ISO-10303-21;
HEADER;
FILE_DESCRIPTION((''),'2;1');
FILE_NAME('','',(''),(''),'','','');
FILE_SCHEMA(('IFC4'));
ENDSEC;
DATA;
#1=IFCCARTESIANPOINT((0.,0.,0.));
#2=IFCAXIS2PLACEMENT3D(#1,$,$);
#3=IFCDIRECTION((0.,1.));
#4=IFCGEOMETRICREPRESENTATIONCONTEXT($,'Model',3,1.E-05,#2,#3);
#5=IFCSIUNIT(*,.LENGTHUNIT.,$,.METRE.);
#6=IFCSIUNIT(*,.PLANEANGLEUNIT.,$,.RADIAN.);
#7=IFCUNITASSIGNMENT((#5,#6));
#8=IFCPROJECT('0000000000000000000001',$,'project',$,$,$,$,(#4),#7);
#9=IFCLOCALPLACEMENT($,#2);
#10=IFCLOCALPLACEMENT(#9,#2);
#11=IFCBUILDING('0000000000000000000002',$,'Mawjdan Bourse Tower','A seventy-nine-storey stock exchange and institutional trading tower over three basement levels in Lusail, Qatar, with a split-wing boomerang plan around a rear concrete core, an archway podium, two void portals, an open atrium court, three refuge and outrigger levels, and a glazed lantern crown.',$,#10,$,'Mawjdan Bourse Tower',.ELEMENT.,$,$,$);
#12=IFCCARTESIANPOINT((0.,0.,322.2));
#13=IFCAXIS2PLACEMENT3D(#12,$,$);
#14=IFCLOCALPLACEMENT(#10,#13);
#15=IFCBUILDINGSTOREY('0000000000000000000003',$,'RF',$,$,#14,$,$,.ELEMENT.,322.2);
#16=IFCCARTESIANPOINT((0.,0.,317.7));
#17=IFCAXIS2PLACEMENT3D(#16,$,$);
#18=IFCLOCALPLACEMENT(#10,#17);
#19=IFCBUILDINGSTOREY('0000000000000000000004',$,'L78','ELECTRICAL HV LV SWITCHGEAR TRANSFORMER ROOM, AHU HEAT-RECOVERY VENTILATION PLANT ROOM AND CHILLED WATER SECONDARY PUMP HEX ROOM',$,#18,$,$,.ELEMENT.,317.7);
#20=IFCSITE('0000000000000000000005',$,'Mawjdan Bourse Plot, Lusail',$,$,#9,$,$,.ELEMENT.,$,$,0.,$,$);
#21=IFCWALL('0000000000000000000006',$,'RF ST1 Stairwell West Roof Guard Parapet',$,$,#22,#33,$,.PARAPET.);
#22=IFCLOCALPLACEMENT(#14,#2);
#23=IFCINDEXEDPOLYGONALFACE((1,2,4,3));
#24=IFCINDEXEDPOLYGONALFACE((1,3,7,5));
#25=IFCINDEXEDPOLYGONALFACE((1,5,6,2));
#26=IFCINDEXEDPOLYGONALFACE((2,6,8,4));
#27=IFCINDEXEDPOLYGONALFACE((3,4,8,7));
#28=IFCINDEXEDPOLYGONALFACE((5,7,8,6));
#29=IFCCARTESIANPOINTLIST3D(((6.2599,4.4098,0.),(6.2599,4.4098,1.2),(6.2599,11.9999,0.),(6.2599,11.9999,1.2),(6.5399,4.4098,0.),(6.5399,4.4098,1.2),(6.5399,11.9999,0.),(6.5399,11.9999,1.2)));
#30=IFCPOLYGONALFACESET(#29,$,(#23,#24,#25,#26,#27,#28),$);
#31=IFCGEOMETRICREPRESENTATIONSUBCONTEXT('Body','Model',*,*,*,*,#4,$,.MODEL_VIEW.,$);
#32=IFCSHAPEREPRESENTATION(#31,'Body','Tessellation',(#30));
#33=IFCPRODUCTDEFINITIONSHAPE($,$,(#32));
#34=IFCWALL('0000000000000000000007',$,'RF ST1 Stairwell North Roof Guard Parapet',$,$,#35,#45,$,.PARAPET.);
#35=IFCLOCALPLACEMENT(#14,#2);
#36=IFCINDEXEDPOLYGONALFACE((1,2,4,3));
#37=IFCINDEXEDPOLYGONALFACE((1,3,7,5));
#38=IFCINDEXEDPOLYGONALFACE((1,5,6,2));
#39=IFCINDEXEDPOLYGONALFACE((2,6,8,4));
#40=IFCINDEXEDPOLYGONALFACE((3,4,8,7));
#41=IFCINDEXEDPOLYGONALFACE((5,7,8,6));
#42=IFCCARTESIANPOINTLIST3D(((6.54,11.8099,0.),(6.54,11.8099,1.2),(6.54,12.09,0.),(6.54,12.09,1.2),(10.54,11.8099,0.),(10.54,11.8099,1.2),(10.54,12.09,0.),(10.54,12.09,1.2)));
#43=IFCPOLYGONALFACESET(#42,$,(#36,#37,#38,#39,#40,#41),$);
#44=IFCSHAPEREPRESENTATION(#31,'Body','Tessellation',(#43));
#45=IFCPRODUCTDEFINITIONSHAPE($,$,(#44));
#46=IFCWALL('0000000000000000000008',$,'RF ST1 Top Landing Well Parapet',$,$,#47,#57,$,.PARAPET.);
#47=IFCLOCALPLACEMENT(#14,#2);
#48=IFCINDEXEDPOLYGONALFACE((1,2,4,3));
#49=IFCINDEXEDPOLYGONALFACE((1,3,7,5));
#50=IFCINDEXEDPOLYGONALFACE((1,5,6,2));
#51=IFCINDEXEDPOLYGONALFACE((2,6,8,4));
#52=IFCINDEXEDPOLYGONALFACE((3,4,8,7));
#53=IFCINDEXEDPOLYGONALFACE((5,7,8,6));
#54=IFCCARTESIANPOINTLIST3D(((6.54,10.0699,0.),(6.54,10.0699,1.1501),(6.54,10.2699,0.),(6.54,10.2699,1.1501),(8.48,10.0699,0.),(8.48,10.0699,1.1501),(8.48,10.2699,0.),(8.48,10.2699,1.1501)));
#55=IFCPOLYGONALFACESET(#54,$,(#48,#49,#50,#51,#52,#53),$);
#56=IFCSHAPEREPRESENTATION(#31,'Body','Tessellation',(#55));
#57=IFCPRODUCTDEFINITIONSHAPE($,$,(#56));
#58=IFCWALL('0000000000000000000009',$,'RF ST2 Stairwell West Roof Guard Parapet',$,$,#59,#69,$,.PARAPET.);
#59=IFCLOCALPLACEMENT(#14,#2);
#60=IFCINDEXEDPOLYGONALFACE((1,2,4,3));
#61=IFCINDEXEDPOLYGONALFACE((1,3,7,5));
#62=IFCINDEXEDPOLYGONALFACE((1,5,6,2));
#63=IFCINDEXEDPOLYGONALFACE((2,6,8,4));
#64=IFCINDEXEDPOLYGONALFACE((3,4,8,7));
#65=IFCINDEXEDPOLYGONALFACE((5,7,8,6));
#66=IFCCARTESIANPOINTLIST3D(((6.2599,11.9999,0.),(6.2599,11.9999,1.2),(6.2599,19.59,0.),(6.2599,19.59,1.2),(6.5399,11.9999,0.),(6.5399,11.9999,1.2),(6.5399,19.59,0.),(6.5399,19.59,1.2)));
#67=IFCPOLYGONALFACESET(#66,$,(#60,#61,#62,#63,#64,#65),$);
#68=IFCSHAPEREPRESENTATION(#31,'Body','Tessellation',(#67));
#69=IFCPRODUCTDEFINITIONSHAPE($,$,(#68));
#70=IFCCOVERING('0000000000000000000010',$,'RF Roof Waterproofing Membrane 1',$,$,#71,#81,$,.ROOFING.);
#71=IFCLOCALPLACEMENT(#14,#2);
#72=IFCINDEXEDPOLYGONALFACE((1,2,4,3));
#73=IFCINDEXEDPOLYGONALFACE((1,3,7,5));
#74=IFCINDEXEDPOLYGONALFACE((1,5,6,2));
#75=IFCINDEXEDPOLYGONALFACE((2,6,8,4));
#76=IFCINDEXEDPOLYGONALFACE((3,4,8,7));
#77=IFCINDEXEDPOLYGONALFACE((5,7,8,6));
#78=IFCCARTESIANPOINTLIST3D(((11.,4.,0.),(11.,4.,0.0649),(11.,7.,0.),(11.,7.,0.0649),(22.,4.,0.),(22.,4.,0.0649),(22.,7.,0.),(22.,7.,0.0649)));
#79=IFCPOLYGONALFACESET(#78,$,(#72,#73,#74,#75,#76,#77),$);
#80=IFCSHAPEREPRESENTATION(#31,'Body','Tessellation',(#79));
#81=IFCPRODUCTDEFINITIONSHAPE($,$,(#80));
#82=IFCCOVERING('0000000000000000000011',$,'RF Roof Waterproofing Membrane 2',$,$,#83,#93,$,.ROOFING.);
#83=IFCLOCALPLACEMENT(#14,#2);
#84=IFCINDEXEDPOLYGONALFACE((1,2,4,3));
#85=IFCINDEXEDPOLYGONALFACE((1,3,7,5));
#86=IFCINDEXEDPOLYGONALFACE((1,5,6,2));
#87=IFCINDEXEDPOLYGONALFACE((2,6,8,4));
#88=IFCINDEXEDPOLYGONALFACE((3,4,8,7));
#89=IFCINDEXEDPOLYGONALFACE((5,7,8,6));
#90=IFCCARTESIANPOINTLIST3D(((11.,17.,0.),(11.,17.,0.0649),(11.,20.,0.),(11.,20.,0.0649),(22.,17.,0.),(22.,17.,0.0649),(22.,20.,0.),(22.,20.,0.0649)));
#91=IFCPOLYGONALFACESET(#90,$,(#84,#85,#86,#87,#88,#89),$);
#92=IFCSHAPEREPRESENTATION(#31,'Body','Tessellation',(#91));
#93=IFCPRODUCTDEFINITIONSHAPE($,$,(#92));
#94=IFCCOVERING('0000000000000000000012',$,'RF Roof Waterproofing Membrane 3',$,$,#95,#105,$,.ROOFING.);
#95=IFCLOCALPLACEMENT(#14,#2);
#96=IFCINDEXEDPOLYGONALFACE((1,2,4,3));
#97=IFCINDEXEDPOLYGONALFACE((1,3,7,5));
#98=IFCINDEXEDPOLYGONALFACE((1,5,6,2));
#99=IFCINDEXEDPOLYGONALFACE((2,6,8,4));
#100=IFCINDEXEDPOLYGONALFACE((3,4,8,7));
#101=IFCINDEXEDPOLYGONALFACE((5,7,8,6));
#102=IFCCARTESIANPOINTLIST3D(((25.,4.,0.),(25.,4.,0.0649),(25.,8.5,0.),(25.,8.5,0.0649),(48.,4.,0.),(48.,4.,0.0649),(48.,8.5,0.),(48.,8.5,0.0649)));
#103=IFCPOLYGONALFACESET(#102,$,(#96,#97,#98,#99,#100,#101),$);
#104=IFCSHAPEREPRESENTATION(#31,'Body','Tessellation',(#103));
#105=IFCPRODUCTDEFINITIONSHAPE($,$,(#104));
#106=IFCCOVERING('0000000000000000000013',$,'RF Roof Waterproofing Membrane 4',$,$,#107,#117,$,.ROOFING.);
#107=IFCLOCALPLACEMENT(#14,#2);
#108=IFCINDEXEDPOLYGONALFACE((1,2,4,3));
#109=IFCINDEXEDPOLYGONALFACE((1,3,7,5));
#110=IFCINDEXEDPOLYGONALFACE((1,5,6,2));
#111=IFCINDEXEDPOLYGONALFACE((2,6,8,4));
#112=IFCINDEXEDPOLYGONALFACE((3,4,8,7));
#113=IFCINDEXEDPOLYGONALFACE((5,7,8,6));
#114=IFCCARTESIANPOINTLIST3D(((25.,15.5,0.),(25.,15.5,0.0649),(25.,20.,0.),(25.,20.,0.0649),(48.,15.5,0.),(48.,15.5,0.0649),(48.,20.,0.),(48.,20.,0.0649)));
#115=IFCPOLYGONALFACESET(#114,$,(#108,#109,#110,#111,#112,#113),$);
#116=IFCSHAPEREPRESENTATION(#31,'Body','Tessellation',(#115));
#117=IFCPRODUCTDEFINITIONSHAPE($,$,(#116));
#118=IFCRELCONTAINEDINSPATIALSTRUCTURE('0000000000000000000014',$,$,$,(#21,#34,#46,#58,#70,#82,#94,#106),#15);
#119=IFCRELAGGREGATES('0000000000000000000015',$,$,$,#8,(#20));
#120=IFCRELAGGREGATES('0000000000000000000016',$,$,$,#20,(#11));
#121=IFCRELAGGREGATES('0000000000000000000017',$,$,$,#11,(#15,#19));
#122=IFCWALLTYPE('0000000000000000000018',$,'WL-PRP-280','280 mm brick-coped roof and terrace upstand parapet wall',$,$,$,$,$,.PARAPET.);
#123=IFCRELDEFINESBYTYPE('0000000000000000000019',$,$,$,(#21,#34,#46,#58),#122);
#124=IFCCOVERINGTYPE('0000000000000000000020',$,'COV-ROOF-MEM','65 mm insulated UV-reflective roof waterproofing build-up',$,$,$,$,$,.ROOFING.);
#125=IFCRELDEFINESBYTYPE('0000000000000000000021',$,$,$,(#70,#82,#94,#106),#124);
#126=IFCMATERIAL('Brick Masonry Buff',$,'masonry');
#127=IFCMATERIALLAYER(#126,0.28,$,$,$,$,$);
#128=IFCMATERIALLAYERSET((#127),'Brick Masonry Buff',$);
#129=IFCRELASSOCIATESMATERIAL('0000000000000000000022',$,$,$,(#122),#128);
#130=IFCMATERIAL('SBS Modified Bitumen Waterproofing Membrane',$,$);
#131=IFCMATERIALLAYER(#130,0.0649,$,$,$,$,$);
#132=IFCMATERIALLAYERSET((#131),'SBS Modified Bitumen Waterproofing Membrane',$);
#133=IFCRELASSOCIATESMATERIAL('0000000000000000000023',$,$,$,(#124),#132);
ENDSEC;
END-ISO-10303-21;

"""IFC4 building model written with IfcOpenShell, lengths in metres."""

from ifc_helpers import new_model, si_unit, direction, frame, frame_2d, origin, place, context, subcontext, project, spatial, polyline, rectangle, outline, extrude, material, layer, layer_set, type_object, element, save


model = new_model("IFC4")

# Units and contexts
model_context = context("Model", 3, precision=1e-05, world=origin(), true_north=direction((0.0, 1.0)))
body_context = subcontext(model_context, "Body", "Model", "MODEL_VIEW")
ifc_project = project(units=[si_unit("LENGTHUNIT", "METRE"), si_unit("PLANEANGLEUNIT", "RADIAN")], contexts=[model_context])

# Site, building, storey
site_placement = place(None, origin())
site = spatial("IfcSite", under=ifc_project, at=site_placement, Name="Mawjdan Bourse Plot, Lusail", CompositionType="ELEMENT", RefElevation=0.0)
building_placement = place(site_placement, origin())
building = spatial("IfcBuilding", under=site, at=building_placement, Name="Mawjdan Bourse Tower", Description="A seventy-nine-storey stock exchange and institutional trading tower over three basement levels in Lusail, Qatar, with a split-wing boomerang plan around a rear concrete core, an archway podium, two void portals, an open atrium court, three refuge and outrigger levels, and a glazed lantern crown.", LongName="Mawjdan Bourse Tower", CompositionType="ELEMENT")
storey_1_placement = place(building_placement, frame((0.0, 0.0, 322.2)))
storey_1 = spatial("IfcBuildingStorey", under=building, at=storey_1_placement, Name="RF", CompositionType="ELEMENT", Elevation=322.2)

# Shared definitions
storey_2_placement = place(building_placement, frame((0.0, 0.0, 317.7)))
storey_2 = spatial("IfcBuildingStorey", under=building, at=storey_2_placement, Name="L78", Description="ELECTRICAL HV LV SWITCHGEAR TRANSFORMER ROOM, AHU HEAT-RECOVERY VENTILATION PLANT ROOM AND CHILLED WATER SECONDARY PUMP HEX ROOM", CompositionType="ELEMENT", Elevation=317.7)

# Walls
ifc_material_1 = material(Name="Brick Masonry Buff", Category="masonry")
ifc_layer_1 = layer(ifc_material_1, 0.28)
ifc_layer_set_1 = layer_set([ifc_layer_1], Name="Brick Masonry Buff")
wall_type = type_object("IfcWallType", Name="WL-PRP-280", Description="280 mm brick-coped roof and terrace upstand parapet wall", PredefinedType="PARAPET", material=ifc_layer_set_1)
wall_1_placement = place(storey_1_placement, frame((6.3999, 4.4099, 0.0), z_axis=(0.0, 0.0, 1.0), x_axis=(0.0, 1.0, 0.0)))
element("IfcWall", 1, at=wall_1_placement, inside=storey_1, type_object=wall_type, Name="RF ST1 Stairwell West Roof Guard Parapet", PredefinedType="PARAPET", context=body_context, shape_type="SweptSolid", body=[
    extrude(rectangle(XDim=7.5901, YDim=0.28, at=frame_2d((3.7949, 0.0))), origin(), (0.0, 0.0, 1.0), 1.2),
])
wall_2_placement = place(storey_1_placement, frame((6.54, 11.95, 0.0), z_axis=(0.0, 0.0, 1.0), x_axis=(1.0, 0.0, 0.0)))
element("IfcWall", 2, at=wall_2_placement, inside=storey_1, type_object=wall_type, Name="RF ST1 Stairwell North Roof Guard Parapet", PredefinedType="PARAPET", context=body_context, shape_type="SweptSolid", body=[
    extrude(rectangle(XDim=4.0, YDim=0.28, at=frame_2d((2.0, 0.0))), origin(), (0.0, 0.0, 1.0), 1.2),
])
wall_3_placement = place(storey_1_placement, frame((6.54, 10.1699, 0.0), z_axis=(0.0, 0.0, 1.0), x_axis=(1.0, 0.0, 0.0)))
element("IfcWall", 3, at=wall_3_placement, inside=storey_1, type_object=wall_type, Name="RF ST1 Top Landing Well Parapet", PredefinedType="PARAPET", context=body_context, shape_type="SweptSolid", body=[
    extrude(rectangle(XDim=1.9399, YDim=0.2, at=frame_2d((0.97, 0.0))), origin(), (0.0, 0.0, 1.0), 1.1501),
])
wall_4_placement = place(storey_1_placement, frame((6.3999, 12.0, 0.0), z_axis=(0.0, 0.0, 1.0), x_axis=(0.0, 1.0, 0.0)))
element("IfcWall", 4, at=wall_4_placement, inside=storey_1, type_object=wall_type, Name="RF ST2 Stairwell West Roof Guard Parapet", PredefinedType="PARAPET", context=body_context, shape_type="SweptSolid", body=[
    extrude(rectangle(XDim=7.5901, YDim=0.28, at=frame_2d((3.7949, 0.0))), origin(), (0.0, 0.0, 1.0), 1.2),
])

# Coverings
ifc_material_2 = material(Name="SBS Modified Bitumen Waterproofing Membrane")
ifc_layer_2 = layer(ifc_material_2, 0.0649)
ifc_layer_set_2 = layer_set([ifc_layer_2], Name="SBS Modified Bitumen Waterproofing Membrane")
covering_type = type_object("IfcCoveringType", Name="COV-ROOF-MEM", Description="65 mm insulated UV-reflective roof waterproofing build-up", PredefinedType="ROOFING", material=ifc_layer_set_2)
covering_1_placement = place(storey_1_placement, origin())
element("IfcCovering", 5, at=covering_1_placement, inside=storey_1, type_object=covering_type, Name="RF Roof Waterproofing Membrane 1", PredefinedType="ROOFING", context=body_context, shape_type="SweptSolid", body=[
    extrude(outline(polyline([(11.0, 4.0), (22.0, 4.0), (22.0, 7.0), (11.0, 7.0), (11.0, 4.0)])), origin(), (0.0, 0.0, 1.0), 0.0649),
])
covering_2_placement = place(storey_1_placement, origin())
element("IfcCovering", 6, at=covering_2_placement, inside=storey_1, type_object=covering_type, Name="RF Roof Waterproofing Membrane 2", PredefinedType="ROOFING", context=body_context, shape_type="SweptSolid", body=[
    extrude(outline(polyline([(11.0, 17.0), (22.0, 17.0), (22.0, 20.0), (11.0, 20.0), (11.0, 17.0)])), origin(), (0.0, 0.0, 1.0), 0.0649),
])
covering_3_placement = place(storey_1_placement, origin())
element("IfcCovering", 7, at=covering_3_placement, inside=storey_1, type_object=covering_type, Name="RF Roof Waterproofing Membrane 3", PredefinedType="ROOFING", context=body_context, shape_type="SweptSolid", body=[
    extrude(outline(polyline([(25.0, 4.0), (48.0, 4.0), (48.0, 8.5), (25.0, 8.5), (25.0, 4.0)])), origin(), (0.0, 0.0, 1.0), 0.0649),
])
covering_4_placement = place(storey_1_placement, origin())
element("IfcCovering", 8, at=covering_4_placement, inside=storey_1, type_object=covering_type, Name="RF Roof Waterproofing Membrane 4", PredefinedType="ROOFING", context=body_context, shape_type="SweptSolid", body=[
    extrude(outline(polyline([(25.0, 15.5), (48.0, 15.5), (48.0, 20.0), (25.0, 20.0), (25.0, 15.5)])), origin(), (0.0, 0.0, 1.0), 0.0649),
])

save(model, "model.ifc")
